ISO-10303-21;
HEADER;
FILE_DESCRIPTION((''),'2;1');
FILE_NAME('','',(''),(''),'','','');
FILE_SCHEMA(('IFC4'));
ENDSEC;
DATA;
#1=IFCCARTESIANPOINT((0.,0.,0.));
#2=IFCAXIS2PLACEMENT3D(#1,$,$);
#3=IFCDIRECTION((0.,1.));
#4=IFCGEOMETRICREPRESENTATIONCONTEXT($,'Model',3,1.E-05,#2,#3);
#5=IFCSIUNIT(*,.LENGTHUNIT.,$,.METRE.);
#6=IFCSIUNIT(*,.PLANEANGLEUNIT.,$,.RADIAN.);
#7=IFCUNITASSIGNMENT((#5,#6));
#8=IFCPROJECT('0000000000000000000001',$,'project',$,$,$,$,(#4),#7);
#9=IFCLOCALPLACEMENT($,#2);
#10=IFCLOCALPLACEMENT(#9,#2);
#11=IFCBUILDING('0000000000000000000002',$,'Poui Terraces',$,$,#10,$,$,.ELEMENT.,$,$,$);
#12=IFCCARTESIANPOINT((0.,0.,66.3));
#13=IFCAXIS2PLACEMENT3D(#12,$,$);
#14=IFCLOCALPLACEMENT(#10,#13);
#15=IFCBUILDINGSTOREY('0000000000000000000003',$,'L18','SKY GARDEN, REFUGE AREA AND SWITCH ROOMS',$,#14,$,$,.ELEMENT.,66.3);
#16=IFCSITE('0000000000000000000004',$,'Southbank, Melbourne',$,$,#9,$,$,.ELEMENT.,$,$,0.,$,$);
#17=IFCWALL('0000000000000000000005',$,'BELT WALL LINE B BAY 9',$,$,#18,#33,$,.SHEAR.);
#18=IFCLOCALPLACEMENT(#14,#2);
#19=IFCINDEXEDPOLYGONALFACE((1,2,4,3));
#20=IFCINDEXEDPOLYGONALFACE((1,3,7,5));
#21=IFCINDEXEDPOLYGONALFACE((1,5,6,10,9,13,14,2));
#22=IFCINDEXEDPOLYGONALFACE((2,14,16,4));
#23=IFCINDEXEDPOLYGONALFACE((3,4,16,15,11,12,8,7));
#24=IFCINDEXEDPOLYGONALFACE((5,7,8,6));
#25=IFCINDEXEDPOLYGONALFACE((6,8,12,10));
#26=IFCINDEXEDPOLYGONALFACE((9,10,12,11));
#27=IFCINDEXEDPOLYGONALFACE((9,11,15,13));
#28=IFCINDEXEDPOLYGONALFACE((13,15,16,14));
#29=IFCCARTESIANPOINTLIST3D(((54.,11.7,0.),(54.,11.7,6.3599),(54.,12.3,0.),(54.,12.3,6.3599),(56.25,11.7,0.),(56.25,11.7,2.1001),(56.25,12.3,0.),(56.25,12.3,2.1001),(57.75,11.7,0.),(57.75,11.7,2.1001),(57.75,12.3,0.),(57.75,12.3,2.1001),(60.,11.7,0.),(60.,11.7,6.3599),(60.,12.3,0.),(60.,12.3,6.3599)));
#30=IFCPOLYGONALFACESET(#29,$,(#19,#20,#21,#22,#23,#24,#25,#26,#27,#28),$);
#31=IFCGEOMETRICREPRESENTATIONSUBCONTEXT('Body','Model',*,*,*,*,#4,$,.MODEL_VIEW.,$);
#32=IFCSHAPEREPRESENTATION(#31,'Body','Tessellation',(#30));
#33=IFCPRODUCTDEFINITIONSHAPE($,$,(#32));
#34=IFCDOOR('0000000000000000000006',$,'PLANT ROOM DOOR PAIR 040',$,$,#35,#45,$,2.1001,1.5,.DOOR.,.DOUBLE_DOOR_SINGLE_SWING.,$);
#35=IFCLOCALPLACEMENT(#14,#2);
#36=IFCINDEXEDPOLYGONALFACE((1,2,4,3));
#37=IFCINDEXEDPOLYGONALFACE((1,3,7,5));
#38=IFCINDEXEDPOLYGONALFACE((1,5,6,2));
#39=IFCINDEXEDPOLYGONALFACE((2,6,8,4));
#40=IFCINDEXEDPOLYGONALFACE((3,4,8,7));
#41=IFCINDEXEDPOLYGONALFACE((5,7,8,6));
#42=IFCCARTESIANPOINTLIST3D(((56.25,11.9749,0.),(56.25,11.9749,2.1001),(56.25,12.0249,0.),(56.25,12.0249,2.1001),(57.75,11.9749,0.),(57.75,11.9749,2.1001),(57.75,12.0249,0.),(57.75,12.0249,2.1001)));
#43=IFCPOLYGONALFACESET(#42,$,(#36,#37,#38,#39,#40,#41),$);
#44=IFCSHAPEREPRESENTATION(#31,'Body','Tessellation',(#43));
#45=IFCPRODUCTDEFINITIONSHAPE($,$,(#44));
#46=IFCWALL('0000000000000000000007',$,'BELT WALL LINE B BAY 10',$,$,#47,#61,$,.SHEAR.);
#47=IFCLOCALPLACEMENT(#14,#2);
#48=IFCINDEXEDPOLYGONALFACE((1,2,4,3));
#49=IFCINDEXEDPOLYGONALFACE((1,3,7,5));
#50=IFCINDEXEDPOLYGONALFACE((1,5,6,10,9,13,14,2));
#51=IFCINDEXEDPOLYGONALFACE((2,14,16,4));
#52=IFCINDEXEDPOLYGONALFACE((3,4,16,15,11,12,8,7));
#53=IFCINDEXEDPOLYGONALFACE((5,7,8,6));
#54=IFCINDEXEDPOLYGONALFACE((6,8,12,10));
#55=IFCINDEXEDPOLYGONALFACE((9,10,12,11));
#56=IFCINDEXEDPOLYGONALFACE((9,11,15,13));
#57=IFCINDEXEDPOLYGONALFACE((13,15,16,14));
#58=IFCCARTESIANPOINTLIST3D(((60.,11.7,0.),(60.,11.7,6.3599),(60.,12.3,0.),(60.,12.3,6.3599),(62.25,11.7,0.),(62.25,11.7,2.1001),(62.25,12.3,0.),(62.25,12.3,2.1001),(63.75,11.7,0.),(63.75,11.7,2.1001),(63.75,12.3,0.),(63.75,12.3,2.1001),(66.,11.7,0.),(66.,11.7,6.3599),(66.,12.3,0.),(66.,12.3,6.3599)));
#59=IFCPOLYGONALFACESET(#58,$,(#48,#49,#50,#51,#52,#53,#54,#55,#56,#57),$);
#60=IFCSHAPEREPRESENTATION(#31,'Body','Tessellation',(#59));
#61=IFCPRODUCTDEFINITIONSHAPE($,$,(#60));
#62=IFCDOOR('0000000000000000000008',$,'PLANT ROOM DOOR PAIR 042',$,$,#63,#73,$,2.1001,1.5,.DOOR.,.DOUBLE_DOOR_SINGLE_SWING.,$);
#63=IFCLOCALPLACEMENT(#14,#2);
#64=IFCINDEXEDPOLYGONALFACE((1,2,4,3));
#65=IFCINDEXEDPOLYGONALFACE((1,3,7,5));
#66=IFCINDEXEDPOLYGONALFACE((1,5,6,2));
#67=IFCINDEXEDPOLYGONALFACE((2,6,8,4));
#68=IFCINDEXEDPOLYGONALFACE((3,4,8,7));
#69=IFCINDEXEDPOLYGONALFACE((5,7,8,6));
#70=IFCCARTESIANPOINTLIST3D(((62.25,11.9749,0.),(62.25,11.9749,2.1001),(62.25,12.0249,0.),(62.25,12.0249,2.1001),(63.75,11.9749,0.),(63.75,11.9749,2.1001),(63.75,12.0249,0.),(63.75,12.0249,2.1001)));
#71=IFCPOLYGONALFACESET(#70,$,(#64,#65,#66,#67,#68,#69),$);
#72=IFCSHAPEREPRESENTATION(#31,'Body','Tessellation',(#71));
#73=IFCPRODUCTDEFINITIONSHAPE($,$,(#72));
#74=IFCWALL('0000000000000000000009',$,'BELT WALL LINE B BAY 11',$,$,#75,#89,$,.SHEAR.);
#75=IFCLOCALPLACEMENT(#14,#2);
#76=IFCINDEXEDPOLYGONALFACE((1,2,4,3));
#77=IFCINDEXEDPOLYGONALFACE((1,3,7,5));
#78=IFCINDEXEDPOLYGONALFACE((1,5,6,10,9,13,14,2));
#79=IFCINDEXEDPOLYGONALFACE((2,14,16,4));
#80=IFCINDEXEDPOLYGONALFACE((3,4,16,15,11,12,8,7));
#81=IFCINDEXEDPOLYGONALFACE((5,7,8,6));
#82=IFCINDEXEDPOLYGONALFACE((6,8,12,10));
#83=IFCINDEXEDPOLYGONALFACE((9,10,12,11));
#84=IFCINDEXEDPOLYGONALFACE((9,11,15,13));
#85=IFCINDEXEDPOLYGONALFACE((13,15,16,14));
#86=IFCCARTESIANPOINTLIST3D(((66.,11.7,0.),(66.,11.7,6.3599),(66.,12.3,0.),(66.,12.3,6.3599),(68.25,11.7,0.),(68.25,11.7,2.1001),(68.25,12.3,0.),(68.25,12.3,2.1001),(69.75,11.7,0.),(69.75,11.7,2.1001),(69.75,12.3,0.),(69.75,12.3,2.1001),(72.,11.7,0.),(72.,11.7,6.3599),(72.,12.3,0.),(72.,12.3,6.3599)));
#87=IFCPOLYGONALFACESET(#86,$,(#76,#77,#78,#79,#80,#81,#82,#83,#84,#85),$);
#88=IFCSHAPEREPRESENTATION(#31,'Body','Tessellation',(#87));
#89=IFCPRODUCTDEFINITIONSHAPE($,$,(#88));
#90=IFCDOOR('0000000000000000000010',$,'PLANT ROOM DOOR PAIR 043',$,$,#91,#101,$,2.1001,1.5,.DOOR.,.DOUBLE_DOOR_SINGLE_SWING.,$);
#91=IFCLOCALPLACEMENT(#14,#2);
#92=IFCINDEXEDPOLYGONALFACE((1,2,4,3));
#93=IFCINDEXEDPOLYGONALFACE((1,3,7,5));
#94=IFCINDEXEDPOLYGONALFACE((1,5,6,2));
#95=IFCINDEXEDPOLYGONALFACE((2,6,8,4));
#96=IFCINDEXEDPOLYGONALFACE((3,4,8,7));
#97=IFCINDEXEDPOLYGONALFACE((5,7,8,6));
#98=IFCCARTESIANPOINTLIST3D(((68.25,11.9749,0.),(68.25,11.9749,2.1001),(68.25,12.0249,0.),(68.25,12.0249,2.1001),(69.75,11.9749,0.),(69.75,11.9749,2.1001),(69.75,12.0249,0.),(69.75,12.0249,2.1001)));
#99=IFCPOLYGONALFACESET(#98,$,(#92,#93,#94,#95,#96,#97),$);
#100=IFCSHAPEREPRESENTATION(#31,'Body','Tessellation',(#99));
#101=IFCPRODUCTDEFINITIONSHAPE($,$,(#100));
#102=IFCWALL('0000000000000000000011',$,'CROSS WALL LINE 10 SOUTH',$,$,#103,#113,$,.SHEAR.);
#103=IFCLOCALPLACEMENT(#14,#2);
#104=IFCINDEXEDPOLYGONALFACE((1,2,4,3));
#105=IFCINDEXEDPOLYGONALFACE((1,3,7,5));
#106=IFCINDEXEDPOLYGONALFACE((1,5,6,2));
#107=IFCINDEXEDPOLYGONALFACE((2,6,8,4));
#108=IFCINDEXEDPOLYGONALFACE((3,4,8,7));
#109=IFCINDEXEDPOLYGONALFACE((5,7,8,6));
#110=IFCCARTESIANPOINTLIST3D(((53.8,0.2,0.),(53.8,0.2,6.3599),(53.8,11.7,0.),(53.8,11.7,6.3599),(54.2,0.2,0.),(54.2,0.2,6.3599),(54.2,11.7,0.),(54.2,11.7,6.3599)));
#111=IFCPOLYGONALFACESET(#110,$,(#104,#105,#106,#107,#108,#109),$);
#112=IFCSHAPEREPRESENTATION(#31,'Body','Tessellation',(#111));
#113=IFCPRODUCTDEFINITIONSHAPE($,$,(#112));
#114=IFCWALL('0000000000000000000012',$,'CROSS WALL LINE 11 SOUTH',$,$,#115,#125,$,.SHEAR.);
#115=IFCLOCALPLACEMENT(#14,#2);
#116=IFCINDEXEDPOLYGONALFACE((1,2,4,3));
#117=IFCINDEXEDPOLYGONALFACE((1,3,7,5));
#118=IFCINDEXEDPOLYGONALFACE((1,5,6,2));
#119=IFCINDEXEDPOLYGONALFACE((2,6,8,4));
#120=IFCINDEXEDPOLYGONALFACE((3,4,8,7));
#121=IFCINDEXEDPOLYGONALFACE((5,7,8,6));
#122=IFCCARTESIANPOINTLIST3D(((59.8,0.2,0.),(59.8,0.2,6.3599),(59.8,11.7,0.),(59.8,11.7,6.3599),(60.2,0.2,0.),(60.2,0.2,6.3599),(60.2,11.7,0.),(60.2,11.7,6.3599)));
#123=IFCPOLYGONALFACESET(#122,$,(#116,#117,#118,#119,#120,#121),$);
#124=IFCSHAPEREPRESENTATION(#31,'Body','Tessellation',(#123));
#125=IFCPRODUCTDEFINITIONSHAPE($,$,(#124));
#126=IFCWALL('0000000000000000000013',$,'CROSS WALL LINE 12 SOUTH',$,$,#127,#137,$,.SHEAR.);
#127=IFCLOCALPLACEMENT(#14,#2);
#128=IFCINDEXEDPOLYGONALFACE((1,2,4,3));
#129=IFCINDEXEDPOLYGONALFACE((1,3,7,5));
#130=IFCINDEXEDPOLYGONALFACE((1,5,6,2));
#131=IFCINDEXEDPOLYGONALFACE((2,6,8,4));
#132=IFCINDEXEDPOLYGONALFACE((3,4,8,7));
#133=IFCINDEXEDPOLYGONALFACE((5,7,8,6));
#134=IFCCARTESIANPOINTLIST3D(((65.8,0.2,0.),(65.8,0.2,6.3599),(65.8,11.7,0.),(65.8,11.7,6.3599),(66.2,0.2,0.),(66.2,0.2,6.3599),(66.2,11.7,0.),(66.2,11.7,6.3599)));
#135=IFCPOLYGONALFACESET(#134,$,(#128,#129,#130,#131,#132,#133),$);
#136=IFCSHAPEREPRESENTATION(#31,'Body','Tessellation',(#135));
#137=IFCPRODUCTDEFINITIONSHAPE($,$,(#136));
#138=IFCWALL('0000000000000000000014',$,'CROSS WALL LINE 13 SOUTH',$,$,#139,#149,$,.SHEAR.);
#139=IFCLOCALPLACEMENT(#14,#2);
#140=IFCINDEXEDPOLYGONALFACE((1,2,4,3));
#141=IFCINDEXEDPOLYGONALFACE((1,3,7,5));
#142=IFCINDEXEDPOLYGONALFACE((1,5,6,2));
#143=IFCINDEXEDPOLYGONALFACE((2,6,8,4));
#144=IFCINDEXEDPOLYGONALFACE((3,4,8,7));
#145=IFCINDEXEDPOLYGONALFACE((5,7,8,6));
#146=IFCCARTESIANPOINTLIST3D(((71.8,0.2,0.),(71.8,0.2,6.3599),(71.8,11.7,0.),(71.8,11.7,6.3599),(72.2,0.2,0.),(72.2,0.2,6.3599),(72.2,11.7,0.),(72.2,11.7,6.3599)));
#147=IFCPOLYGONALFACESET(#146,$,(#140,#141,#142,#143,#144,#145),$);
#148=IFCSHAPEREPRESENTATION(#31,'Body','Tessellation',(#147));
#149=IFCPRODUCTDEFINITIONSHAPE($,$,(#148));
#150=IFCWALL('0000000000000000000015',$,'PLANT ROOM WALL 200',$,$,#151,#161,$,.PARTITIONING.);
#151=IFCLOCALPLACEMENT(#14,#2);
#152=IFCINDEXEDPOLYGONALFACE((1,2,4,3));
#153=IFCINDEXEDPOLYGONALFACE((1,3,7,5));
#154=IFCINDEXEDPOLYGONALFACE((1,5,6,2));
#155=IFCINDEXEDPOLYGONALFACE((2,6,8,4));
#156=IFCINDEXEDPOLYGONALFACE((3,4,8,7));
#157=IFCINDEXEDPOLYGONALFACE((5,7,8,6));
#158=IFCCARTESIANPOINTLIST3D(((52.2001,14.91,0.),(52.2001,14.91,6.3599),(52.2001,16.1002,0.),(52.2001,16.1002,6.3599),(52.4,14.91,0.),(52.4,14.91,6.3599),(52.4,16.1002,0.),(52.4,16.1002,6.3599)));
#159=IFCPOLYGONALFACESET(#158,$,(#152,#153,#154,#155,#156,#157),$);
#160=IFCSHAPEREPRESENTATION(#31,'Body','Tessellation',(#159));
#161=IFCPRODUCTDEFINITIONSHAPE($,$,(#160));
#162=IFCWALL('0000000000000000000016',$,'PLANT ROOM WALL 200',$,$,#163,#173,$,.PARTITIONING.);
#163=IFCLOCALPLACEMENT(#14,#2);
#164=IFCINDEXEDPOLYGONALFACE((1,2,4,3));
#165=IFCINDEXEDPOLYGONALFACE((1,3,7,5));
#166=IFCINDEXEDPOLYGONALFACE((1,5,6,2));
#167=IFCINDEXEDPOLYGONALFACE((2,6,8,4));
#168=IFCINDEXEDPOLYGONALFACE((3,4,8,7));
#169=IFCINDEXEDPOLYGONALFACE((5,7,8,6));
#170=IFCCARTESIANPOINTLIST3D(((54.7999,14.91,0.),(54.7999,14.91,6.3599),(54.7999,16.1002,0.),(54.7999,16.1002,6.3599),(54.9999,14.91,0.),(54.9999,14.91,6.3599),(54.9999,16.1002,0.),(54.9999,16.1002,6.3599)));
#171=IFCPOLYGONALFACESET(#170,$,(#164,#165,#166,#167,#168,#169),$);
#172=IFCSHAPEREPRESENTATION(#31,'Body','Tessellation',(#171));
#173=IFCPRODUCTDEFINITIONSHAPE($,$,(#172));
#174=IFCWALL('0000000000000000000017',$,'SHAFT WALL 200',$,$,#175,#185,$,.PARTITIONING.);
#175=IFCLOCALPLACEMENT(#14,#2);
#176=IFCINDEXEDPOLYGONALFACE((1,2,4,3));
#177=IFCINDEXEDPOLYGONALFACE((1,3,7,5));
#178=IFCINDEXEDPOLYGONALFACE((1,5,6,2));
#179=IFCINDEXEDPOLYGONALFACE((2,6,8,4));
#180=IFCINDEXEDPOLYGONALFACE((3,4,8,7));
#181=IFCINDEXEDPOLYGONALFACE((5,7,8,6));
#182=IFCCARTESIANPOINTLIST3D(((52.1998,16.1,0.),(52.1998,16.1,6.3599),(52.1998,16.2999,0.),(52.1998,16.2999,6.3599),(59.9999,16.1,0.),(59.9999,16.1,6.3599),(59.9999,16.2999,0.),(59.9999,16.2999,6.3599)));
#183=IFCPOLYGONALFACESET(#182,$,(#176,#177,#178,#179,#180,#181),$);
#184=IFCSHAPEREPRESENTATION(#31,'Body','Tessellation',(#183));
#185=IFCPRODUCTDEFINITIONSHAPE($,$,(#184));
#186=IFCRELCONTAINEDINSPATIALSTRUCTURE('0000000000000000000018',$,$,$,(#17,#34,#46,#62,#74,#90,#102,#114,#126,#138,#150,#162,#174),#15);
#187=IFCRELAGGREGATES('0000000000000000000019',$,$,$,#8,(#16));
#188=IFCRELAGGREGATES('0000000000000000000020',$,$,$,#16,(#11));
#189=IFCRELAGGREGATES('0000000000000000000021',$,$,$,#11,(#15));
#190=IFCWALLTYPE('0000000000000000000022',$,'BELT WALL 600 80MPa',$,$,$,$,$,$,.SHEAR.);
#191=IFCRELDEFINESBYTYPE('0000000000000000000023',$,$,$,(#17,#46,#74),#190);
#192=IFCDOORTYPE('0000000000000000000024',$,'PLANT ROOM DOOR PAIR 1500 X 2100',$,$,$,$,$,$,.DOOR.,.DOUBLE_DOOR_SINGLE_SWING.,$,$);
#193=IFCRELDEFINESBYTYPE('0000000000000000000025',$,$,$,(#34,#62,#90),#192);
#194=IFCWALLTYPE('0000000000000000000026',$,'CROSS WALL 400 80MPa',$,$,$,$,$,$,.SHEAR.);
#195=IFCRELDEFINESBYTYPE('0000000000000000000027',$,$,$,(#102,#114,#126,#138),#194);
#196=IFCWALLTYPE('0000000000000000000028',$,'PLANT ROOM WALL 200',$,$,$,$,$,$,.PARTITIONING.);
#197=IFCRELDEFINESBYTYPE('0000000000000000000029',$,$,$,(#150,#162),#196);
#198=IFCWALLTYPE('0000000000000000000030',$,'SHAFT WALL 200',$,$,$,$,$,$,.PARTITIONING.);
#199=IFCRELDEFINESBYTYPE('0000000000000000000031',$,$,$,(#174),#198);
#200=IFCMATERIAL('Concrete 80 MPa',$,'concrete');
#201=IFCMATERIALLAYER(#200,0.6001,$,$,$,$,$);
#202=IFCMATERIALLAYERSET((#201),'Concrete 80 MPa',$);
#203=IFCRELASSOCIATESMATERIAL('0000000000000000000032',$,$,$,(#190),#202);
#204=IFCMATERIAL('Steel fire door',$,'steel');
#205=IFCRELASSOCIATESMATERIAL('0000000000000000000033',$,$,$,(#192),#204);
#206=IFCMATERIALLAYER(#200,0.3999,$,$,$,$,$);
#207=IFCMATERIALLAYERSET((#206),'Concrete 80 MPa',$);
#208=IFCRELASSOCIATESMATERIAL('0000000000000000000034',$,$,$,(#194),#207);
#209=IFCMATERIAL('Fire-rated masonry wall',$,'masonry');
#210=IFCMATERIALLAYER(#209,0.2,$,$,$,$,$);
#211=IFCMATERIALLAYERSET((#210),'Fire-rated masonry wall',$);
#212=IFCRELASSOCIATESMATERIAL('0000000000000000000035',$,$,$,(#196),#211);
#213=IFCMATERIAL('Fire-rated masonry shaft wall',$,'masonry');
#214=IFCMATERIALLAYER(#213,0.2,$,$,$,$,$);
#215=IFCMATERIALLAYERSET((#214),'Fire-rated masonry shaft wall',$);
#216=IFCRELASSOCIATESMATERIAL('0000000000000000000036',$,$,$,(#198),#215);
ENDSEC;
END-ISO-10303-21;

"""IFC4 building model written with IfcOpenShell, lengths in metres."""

from ifc_helpers import new_model, si_unit, direction, frame, frame_2d, origin, place, context, subcontext, project, spatial, rectangle, extrude, material, layer, layer_set, type_object, element, fill, save


model = new_model("IFC4")

# Units and contexts
model_context = context("Model", 3, precision=1e-05, world=origin(), true_north=direction((0.0, 1.0)))
body_context = subcontext(model_context, "Body", "Model", "MODEL_VIEW")
ifc_project = project(units=[si_unit("LENGTHUNIT", "METRE"), si_unit("PLANEANGLEUNIT", "RADIAN")], contexts=[model_context])

# Site, building, storey
site_placement = place(None, origin())
site = spatial("IfcSite", under=ifc_project, at=site_placement, Name="Southbank, Melbourne", CompositionType="ELEMENT", RefElevation=0.0)
building_placement = place(site_placement, origin())
building = spatial("IfcBuilding", under=site, at=building_placement, Name="Poui Terraces", CompositionType="ELEMENT")
storey_placement = place(building_placement, frame((0.0, 0.0, 66.3)))
storey = spatial("IfcBuildingStorey", under=building, at=storey_placement, Name="L18", Description="SKY GARDEN, REFUGE AREA AND SWITCH ROOMS", CompositionType="ELEMENT", Elevation=66.3)

# Walls, openings, doors
ifc_material_1 = material(Name="Concrete 80 MPa", Category="concrete")
ifc_layer_1 = layer(ifc_material_1, 0.6001)
ifc_layer_set_1 = layer_set([ifc_layer_1], Name="Concrete 80 MPa")
wall_type_1 = type_object("IfcWallType", Name="BELT WALL 600 80MPa", PredefinedType="SHEAR", material=ifc_layer_set_1)
wall_1_placement = place(storey_placement, frame((54.0, 12.0, 0.0), z_axis=(0.0, 0.0, 1.0), x_axis=(1.0, 0.0, 0.0)))
wall_1 = element("IfcWall", 1, at=wall_1_placement, inside=storey, type_object=wall_type_1, Name="BELT WALL LINE B BAY 9", PredefinedType="SHEAR", context=body_context, shape_type="SweptSolid", body=[
    extrude(rectangle(XDim=6.0, YDim=0.6001, at=frame_2d((3.0, 0.0))), origin(), (0.0, 0.0, 1.0), 6.3599),
])
opening_1_placement = place(wall_1_placement, frame((2.25, 0.0, 0.0)))
opening_1 = element("IfcOpeningElement", 2, at=opening_1_placement, cuts=wall_1, PredefinedType="OPENING", context=body_context, shape_type="SweptSolid", body=[
    extrude(rectangle(XDim=1.5, YDim=2.1001, at=frame_2d((0.75, 1.05))), frame((0.0, 0.3101, 0.0), z_axis=(0.0, -1.0, 0.0), x_axis=(1.0, 0.0, 0.0)), (0.0, 0.0, 1.0), 0.6201),
])
ifc_material_2 = material(Name="Steel fire door", Category="steel")
door_type_1 = type_object("IfcDoorType", Name="PLANT ROOM DOOR PAIR 1500 X 2100", OperationType="DOUBLE_DOOR_SINGLE_SWING", PredefinedType="DOOR", material=ifc_material_2)
door_1_placement = place(opening_1_placement, origin())
door_1 = element("IfcDoor", 3, at=door_1_placement, inside=storey, type_object=door_type_1, Name="PLANT ROOM DOOR PAIR 040", OperationType="DOUBLE_DOOR_SINGLE_SWING", OverallHeight=2.1001, OverallWidth=1.5, PredefinedType="DOOR", context=body_context, shape_type="SweptSolid", body=[
    extrude(rectangle(XDim=1.5, YDim=2.1001, at=frame_2d((0.75, 1.05))), frame((0.0, 0.0249, 0.0), z_axis=(0.0, -1.0, 0.0), x_axis=(1.0, 0.0, 0.0)), (0.0, 0.0, 1.0), 0.05),
])
fill(opening_1, door_1)
wall_2_placement = place(storey_placement, frame((60.0, 12.0, 0.0), z_axis=(0.0, 0.0, 1.0), x_axis=(1.0, 0.0, 0.0)))
wall_2 = element("IfcWall", 4, at=wall_2_placement, inside=storey, type_object=wall_type_1, Name="BELT WALL LINE B BAY 10", PredefinedType="SHEAR", context=body_context, shape_type="SweptSolid", body=[
    extrude(rectangle(XDim=6.0, YDim=0.6001, at=frame_2d((3.0, 0.0))), origin(), (0.0, 0.0, 1.0), 6.3599),
])
opening_2_placement = place(wall_2_placement, frame((2.25, 0.0, 0.0)))
opening_2 = element("IfcOpeningElement", 5, at=opening_2_placement, cuts=wall_2, PredefinedType="OPENING", context=body_context, shape_type="SweptSolid", body=[
    extrude(rectangle(XDim=1.5, YDim=2.1001, at=frame_2d((0.75, 1.05))), frame((0.0, 0.3101, 0.0), z_axis=(0.0, -1.0, 0.0), x_axis=(1.0, 0.0, 0.0)), (0.0, 0.0, 1.0), 0.6201),
])
door_2_placement = place(opening_2_placement, origin())
door_2 = element("IfcDoor", 6, at=door_2_placement, inside=storey, type_object=door_type_1, Name="PLANT ROOM DOOR PAIR 042", OperationType="DOUBLE_DOOR_SINGLE_SWING", OverallHeight=2.1001, OverallWidth=1.5, PredefinedType="DOOR", context=body_context, shape_type="SweptSolid", body=[
    extrude(rectangle(XDim=1.5, YDim=2.1001, at=frame_2d((0.75, 1.05))), frame((0.0, 0.0249, 0.0), z_axis=(0.0, -1.0, 0.0), x_axis=(1.0, 0.0, 0.0)), (0.0, 0.0, 1.0), 0.05),
])
fill(opening_2, door_2)
wall_3_placement = place(storey_placement, frame((66.0, 12.0, 0.0), z_axis=(0.0, 0.0, 1.0), x_axis=(1.0, 0.0, 0.0)))
wall_3 = element("IfcWall", 7, at=wall_3_placement, inside=storey, type_object=wall_type_1, Name="BELT WALL LINE B BAY 11", PredefinedType="SHEAR", context=body_context, shape_type="SweptSolid", body=[
    extrude(rectangle(XDim=6.0, YDim=0.6001, at=frame_2d((3.0, 0.0))), origin(), (0.0, 0.0, 1.0), 6.3599),
])
opening_3_placement = place(wall_3_placement, frame((2.25, 0.0, 0.0)))
opening_3 = element("IfcOpeningElement", 8, at=opening_3_placement, cuts=wall_3, PredefinedType="OPENING", context=body_context, shape_type="SweptSolid", body=[
    extrude(rectangle(XDim=1.5, YDim=2.1001, at=frame_2d((0.75, 1.05))), frame((0.0, 0.3101, 0.0), z_axis=(0.0, -1.0, 0.0), x_axis=(1.0, 0.0, 0.0)), (0.0, 0.0, 1.0), 0.6201),
])
door_3_placement = place(opening_3_placement, origin())
door_3 = element("IfcDoor", 9, at=door_3_placement, inside=storey, type_object=door_type_1, Name="PLANT ROOM DOOR PAIR 043", OperationType="DOUBLE_DOOR_SINGLE_SWING", OverallHeight=2.1001, OverallWidth=1.5, PredefinedType="DOOR", context=body_context, shape_type="SweptSolid", body=[
    extrude(rectangle(XDim=1.5, YDim=2.1001, at=frame_2d((0.75, 1.05))), frame((0.0, 0.0249, 0.0), z_axis=(0.0, -1.0, 0.0), x_axis=(1.0, 0.0, 0.0)), (0.0, 0.0, 1.0), 0.05),
])
fill(opening_3, door_3)

# Walls
ifc_layer_2 = layer(ifc_material_1, 0.3999)
ifc_layer_set_2 = layer_set([ifc_layer_2], Name="Concrete 80 MPa")
wall_type_2 = type_object("IfcWallType", Name="CROSS WALL 400 80MPa", PredefinedType="SHEAR", material=ifc_layer_set_2)
for number, where, z_axis, x_axis, name in (
    (10, (54.0, 0.2, 0.0), (0.0, 0.0, 1.0), (0.0, 1.0, 0.0), "CROSS WALL LINE 10 SOUTH"),
    (11, (60.0, 0.2, 0.0), (0.0, 0.0, 1.0), (0.0, 1.0, 0.0), "CROSS WALL LINE 11 SOUTH"),
    (12, (66.0, 0.2, 0.0), (0.0, 0.0, 1.0), (0.0, 1.0, 0.0), "CROSS WALL LINE 12 SOUTH"),
    (13, (72.0, 0.2, 0.0), (0.0, 0.0, 1.0), (0.0, 1.0, 0.0), "CROSS WALL LINE 13 SOUTH"),
):
    element("IfcWall", number, at=place(storey_placement, frame(where, z_axis=z_axis, x_axis=x_axis)), inside=storey, type_object=wall_type_2, Name=name, PredefinedType="SHEAR", context=body_context, shape_type="SweptSolid", body=[
        extrude(rectangle(XDim=11.5, YDim=0.3999, at=frame_2d((5.75, 0.0))), origin(), (0.0, 0.0, 1.0), 6.3599),
    ])
ifc_material_3 = material(Name="Fire-rated masonry wall", Category="masonry")
ifc_layer_3 = layer(ifc_material_3, 0.2)
ifc_layer_set_3 = layer_set([ifc_layer_3], Name="Fire-rated masonry wall")
wall_type_3 = type_object("IfcWallType", Name="PLANT ROOM WALL 200", PredefinedType="PARTITIONING", material=ifc_layer_set_3)
for number, where, z_axis, x_axis, name in (
    (14, (52.3, 14.9099, 0.0), (0.0, 0.0, 1.0), (0.0, 1.0, 0.0), "PLANT ROOM WALL 200"),
    (15, (54.8999, 14.9099, 0.0), (0.0, 0.0, 1.0), (0.0, 1.0, 0.0), "PLANT ROOM WALL 200"),
):
    element("IfcWall", number, at=place(storey_placement, frame(where, z_axis=z_axis, x_axis=x_axis)), inside=storey, type_object=wall_type_3, Name=name, PredefinedType="PARTITIONING", context=body_context, shape_type="SweptSolid", body=[
        extrude(rectangle(XDim=1.1902, YDim=0.2, at=frame_2d((0.5952, 0.0))), origin(), (0.0, 0.0, 1.0), 6.3599),
    ])
ifc_material_4 = material(Name="Fire-rated masonry shaft wall", Category="masonry")
ifc_layer_4 = layer(ifc_material_4, 0.2)
ifc_layer_set_4 = layer_set([ifc_layer_4], Name="Fire-rated masonry shaft wall")
wall_type_4 = type_object("IfcWallType", Name="SHAFT WALL 200", PredefinedType="PARTITIONING", material=ifc_layer_set_4)
wall_4_placement = place(storey_placement, frame((52.2, 16.2, 0.0), z_axis=(0.0, 0.0, 1.0), x_axis=(1.0, 0.0, 0.0)))
element("IfcWall", 16, at=wall_4_placement, inside=storey, type_object=wall_type_4, Name="SHAFT WALL 200", PredefinedType="PARTITIONING", context=body_context, shape_type="SweptSolid", body=[
    extrude(rectangle(XDim=7.8, YDim=0.2, at=frame_2d((3.8999, 0.0))), origin(), (0.0, 0.0, 1.0), 6.3599),
])

save(model, "model.ifc")
